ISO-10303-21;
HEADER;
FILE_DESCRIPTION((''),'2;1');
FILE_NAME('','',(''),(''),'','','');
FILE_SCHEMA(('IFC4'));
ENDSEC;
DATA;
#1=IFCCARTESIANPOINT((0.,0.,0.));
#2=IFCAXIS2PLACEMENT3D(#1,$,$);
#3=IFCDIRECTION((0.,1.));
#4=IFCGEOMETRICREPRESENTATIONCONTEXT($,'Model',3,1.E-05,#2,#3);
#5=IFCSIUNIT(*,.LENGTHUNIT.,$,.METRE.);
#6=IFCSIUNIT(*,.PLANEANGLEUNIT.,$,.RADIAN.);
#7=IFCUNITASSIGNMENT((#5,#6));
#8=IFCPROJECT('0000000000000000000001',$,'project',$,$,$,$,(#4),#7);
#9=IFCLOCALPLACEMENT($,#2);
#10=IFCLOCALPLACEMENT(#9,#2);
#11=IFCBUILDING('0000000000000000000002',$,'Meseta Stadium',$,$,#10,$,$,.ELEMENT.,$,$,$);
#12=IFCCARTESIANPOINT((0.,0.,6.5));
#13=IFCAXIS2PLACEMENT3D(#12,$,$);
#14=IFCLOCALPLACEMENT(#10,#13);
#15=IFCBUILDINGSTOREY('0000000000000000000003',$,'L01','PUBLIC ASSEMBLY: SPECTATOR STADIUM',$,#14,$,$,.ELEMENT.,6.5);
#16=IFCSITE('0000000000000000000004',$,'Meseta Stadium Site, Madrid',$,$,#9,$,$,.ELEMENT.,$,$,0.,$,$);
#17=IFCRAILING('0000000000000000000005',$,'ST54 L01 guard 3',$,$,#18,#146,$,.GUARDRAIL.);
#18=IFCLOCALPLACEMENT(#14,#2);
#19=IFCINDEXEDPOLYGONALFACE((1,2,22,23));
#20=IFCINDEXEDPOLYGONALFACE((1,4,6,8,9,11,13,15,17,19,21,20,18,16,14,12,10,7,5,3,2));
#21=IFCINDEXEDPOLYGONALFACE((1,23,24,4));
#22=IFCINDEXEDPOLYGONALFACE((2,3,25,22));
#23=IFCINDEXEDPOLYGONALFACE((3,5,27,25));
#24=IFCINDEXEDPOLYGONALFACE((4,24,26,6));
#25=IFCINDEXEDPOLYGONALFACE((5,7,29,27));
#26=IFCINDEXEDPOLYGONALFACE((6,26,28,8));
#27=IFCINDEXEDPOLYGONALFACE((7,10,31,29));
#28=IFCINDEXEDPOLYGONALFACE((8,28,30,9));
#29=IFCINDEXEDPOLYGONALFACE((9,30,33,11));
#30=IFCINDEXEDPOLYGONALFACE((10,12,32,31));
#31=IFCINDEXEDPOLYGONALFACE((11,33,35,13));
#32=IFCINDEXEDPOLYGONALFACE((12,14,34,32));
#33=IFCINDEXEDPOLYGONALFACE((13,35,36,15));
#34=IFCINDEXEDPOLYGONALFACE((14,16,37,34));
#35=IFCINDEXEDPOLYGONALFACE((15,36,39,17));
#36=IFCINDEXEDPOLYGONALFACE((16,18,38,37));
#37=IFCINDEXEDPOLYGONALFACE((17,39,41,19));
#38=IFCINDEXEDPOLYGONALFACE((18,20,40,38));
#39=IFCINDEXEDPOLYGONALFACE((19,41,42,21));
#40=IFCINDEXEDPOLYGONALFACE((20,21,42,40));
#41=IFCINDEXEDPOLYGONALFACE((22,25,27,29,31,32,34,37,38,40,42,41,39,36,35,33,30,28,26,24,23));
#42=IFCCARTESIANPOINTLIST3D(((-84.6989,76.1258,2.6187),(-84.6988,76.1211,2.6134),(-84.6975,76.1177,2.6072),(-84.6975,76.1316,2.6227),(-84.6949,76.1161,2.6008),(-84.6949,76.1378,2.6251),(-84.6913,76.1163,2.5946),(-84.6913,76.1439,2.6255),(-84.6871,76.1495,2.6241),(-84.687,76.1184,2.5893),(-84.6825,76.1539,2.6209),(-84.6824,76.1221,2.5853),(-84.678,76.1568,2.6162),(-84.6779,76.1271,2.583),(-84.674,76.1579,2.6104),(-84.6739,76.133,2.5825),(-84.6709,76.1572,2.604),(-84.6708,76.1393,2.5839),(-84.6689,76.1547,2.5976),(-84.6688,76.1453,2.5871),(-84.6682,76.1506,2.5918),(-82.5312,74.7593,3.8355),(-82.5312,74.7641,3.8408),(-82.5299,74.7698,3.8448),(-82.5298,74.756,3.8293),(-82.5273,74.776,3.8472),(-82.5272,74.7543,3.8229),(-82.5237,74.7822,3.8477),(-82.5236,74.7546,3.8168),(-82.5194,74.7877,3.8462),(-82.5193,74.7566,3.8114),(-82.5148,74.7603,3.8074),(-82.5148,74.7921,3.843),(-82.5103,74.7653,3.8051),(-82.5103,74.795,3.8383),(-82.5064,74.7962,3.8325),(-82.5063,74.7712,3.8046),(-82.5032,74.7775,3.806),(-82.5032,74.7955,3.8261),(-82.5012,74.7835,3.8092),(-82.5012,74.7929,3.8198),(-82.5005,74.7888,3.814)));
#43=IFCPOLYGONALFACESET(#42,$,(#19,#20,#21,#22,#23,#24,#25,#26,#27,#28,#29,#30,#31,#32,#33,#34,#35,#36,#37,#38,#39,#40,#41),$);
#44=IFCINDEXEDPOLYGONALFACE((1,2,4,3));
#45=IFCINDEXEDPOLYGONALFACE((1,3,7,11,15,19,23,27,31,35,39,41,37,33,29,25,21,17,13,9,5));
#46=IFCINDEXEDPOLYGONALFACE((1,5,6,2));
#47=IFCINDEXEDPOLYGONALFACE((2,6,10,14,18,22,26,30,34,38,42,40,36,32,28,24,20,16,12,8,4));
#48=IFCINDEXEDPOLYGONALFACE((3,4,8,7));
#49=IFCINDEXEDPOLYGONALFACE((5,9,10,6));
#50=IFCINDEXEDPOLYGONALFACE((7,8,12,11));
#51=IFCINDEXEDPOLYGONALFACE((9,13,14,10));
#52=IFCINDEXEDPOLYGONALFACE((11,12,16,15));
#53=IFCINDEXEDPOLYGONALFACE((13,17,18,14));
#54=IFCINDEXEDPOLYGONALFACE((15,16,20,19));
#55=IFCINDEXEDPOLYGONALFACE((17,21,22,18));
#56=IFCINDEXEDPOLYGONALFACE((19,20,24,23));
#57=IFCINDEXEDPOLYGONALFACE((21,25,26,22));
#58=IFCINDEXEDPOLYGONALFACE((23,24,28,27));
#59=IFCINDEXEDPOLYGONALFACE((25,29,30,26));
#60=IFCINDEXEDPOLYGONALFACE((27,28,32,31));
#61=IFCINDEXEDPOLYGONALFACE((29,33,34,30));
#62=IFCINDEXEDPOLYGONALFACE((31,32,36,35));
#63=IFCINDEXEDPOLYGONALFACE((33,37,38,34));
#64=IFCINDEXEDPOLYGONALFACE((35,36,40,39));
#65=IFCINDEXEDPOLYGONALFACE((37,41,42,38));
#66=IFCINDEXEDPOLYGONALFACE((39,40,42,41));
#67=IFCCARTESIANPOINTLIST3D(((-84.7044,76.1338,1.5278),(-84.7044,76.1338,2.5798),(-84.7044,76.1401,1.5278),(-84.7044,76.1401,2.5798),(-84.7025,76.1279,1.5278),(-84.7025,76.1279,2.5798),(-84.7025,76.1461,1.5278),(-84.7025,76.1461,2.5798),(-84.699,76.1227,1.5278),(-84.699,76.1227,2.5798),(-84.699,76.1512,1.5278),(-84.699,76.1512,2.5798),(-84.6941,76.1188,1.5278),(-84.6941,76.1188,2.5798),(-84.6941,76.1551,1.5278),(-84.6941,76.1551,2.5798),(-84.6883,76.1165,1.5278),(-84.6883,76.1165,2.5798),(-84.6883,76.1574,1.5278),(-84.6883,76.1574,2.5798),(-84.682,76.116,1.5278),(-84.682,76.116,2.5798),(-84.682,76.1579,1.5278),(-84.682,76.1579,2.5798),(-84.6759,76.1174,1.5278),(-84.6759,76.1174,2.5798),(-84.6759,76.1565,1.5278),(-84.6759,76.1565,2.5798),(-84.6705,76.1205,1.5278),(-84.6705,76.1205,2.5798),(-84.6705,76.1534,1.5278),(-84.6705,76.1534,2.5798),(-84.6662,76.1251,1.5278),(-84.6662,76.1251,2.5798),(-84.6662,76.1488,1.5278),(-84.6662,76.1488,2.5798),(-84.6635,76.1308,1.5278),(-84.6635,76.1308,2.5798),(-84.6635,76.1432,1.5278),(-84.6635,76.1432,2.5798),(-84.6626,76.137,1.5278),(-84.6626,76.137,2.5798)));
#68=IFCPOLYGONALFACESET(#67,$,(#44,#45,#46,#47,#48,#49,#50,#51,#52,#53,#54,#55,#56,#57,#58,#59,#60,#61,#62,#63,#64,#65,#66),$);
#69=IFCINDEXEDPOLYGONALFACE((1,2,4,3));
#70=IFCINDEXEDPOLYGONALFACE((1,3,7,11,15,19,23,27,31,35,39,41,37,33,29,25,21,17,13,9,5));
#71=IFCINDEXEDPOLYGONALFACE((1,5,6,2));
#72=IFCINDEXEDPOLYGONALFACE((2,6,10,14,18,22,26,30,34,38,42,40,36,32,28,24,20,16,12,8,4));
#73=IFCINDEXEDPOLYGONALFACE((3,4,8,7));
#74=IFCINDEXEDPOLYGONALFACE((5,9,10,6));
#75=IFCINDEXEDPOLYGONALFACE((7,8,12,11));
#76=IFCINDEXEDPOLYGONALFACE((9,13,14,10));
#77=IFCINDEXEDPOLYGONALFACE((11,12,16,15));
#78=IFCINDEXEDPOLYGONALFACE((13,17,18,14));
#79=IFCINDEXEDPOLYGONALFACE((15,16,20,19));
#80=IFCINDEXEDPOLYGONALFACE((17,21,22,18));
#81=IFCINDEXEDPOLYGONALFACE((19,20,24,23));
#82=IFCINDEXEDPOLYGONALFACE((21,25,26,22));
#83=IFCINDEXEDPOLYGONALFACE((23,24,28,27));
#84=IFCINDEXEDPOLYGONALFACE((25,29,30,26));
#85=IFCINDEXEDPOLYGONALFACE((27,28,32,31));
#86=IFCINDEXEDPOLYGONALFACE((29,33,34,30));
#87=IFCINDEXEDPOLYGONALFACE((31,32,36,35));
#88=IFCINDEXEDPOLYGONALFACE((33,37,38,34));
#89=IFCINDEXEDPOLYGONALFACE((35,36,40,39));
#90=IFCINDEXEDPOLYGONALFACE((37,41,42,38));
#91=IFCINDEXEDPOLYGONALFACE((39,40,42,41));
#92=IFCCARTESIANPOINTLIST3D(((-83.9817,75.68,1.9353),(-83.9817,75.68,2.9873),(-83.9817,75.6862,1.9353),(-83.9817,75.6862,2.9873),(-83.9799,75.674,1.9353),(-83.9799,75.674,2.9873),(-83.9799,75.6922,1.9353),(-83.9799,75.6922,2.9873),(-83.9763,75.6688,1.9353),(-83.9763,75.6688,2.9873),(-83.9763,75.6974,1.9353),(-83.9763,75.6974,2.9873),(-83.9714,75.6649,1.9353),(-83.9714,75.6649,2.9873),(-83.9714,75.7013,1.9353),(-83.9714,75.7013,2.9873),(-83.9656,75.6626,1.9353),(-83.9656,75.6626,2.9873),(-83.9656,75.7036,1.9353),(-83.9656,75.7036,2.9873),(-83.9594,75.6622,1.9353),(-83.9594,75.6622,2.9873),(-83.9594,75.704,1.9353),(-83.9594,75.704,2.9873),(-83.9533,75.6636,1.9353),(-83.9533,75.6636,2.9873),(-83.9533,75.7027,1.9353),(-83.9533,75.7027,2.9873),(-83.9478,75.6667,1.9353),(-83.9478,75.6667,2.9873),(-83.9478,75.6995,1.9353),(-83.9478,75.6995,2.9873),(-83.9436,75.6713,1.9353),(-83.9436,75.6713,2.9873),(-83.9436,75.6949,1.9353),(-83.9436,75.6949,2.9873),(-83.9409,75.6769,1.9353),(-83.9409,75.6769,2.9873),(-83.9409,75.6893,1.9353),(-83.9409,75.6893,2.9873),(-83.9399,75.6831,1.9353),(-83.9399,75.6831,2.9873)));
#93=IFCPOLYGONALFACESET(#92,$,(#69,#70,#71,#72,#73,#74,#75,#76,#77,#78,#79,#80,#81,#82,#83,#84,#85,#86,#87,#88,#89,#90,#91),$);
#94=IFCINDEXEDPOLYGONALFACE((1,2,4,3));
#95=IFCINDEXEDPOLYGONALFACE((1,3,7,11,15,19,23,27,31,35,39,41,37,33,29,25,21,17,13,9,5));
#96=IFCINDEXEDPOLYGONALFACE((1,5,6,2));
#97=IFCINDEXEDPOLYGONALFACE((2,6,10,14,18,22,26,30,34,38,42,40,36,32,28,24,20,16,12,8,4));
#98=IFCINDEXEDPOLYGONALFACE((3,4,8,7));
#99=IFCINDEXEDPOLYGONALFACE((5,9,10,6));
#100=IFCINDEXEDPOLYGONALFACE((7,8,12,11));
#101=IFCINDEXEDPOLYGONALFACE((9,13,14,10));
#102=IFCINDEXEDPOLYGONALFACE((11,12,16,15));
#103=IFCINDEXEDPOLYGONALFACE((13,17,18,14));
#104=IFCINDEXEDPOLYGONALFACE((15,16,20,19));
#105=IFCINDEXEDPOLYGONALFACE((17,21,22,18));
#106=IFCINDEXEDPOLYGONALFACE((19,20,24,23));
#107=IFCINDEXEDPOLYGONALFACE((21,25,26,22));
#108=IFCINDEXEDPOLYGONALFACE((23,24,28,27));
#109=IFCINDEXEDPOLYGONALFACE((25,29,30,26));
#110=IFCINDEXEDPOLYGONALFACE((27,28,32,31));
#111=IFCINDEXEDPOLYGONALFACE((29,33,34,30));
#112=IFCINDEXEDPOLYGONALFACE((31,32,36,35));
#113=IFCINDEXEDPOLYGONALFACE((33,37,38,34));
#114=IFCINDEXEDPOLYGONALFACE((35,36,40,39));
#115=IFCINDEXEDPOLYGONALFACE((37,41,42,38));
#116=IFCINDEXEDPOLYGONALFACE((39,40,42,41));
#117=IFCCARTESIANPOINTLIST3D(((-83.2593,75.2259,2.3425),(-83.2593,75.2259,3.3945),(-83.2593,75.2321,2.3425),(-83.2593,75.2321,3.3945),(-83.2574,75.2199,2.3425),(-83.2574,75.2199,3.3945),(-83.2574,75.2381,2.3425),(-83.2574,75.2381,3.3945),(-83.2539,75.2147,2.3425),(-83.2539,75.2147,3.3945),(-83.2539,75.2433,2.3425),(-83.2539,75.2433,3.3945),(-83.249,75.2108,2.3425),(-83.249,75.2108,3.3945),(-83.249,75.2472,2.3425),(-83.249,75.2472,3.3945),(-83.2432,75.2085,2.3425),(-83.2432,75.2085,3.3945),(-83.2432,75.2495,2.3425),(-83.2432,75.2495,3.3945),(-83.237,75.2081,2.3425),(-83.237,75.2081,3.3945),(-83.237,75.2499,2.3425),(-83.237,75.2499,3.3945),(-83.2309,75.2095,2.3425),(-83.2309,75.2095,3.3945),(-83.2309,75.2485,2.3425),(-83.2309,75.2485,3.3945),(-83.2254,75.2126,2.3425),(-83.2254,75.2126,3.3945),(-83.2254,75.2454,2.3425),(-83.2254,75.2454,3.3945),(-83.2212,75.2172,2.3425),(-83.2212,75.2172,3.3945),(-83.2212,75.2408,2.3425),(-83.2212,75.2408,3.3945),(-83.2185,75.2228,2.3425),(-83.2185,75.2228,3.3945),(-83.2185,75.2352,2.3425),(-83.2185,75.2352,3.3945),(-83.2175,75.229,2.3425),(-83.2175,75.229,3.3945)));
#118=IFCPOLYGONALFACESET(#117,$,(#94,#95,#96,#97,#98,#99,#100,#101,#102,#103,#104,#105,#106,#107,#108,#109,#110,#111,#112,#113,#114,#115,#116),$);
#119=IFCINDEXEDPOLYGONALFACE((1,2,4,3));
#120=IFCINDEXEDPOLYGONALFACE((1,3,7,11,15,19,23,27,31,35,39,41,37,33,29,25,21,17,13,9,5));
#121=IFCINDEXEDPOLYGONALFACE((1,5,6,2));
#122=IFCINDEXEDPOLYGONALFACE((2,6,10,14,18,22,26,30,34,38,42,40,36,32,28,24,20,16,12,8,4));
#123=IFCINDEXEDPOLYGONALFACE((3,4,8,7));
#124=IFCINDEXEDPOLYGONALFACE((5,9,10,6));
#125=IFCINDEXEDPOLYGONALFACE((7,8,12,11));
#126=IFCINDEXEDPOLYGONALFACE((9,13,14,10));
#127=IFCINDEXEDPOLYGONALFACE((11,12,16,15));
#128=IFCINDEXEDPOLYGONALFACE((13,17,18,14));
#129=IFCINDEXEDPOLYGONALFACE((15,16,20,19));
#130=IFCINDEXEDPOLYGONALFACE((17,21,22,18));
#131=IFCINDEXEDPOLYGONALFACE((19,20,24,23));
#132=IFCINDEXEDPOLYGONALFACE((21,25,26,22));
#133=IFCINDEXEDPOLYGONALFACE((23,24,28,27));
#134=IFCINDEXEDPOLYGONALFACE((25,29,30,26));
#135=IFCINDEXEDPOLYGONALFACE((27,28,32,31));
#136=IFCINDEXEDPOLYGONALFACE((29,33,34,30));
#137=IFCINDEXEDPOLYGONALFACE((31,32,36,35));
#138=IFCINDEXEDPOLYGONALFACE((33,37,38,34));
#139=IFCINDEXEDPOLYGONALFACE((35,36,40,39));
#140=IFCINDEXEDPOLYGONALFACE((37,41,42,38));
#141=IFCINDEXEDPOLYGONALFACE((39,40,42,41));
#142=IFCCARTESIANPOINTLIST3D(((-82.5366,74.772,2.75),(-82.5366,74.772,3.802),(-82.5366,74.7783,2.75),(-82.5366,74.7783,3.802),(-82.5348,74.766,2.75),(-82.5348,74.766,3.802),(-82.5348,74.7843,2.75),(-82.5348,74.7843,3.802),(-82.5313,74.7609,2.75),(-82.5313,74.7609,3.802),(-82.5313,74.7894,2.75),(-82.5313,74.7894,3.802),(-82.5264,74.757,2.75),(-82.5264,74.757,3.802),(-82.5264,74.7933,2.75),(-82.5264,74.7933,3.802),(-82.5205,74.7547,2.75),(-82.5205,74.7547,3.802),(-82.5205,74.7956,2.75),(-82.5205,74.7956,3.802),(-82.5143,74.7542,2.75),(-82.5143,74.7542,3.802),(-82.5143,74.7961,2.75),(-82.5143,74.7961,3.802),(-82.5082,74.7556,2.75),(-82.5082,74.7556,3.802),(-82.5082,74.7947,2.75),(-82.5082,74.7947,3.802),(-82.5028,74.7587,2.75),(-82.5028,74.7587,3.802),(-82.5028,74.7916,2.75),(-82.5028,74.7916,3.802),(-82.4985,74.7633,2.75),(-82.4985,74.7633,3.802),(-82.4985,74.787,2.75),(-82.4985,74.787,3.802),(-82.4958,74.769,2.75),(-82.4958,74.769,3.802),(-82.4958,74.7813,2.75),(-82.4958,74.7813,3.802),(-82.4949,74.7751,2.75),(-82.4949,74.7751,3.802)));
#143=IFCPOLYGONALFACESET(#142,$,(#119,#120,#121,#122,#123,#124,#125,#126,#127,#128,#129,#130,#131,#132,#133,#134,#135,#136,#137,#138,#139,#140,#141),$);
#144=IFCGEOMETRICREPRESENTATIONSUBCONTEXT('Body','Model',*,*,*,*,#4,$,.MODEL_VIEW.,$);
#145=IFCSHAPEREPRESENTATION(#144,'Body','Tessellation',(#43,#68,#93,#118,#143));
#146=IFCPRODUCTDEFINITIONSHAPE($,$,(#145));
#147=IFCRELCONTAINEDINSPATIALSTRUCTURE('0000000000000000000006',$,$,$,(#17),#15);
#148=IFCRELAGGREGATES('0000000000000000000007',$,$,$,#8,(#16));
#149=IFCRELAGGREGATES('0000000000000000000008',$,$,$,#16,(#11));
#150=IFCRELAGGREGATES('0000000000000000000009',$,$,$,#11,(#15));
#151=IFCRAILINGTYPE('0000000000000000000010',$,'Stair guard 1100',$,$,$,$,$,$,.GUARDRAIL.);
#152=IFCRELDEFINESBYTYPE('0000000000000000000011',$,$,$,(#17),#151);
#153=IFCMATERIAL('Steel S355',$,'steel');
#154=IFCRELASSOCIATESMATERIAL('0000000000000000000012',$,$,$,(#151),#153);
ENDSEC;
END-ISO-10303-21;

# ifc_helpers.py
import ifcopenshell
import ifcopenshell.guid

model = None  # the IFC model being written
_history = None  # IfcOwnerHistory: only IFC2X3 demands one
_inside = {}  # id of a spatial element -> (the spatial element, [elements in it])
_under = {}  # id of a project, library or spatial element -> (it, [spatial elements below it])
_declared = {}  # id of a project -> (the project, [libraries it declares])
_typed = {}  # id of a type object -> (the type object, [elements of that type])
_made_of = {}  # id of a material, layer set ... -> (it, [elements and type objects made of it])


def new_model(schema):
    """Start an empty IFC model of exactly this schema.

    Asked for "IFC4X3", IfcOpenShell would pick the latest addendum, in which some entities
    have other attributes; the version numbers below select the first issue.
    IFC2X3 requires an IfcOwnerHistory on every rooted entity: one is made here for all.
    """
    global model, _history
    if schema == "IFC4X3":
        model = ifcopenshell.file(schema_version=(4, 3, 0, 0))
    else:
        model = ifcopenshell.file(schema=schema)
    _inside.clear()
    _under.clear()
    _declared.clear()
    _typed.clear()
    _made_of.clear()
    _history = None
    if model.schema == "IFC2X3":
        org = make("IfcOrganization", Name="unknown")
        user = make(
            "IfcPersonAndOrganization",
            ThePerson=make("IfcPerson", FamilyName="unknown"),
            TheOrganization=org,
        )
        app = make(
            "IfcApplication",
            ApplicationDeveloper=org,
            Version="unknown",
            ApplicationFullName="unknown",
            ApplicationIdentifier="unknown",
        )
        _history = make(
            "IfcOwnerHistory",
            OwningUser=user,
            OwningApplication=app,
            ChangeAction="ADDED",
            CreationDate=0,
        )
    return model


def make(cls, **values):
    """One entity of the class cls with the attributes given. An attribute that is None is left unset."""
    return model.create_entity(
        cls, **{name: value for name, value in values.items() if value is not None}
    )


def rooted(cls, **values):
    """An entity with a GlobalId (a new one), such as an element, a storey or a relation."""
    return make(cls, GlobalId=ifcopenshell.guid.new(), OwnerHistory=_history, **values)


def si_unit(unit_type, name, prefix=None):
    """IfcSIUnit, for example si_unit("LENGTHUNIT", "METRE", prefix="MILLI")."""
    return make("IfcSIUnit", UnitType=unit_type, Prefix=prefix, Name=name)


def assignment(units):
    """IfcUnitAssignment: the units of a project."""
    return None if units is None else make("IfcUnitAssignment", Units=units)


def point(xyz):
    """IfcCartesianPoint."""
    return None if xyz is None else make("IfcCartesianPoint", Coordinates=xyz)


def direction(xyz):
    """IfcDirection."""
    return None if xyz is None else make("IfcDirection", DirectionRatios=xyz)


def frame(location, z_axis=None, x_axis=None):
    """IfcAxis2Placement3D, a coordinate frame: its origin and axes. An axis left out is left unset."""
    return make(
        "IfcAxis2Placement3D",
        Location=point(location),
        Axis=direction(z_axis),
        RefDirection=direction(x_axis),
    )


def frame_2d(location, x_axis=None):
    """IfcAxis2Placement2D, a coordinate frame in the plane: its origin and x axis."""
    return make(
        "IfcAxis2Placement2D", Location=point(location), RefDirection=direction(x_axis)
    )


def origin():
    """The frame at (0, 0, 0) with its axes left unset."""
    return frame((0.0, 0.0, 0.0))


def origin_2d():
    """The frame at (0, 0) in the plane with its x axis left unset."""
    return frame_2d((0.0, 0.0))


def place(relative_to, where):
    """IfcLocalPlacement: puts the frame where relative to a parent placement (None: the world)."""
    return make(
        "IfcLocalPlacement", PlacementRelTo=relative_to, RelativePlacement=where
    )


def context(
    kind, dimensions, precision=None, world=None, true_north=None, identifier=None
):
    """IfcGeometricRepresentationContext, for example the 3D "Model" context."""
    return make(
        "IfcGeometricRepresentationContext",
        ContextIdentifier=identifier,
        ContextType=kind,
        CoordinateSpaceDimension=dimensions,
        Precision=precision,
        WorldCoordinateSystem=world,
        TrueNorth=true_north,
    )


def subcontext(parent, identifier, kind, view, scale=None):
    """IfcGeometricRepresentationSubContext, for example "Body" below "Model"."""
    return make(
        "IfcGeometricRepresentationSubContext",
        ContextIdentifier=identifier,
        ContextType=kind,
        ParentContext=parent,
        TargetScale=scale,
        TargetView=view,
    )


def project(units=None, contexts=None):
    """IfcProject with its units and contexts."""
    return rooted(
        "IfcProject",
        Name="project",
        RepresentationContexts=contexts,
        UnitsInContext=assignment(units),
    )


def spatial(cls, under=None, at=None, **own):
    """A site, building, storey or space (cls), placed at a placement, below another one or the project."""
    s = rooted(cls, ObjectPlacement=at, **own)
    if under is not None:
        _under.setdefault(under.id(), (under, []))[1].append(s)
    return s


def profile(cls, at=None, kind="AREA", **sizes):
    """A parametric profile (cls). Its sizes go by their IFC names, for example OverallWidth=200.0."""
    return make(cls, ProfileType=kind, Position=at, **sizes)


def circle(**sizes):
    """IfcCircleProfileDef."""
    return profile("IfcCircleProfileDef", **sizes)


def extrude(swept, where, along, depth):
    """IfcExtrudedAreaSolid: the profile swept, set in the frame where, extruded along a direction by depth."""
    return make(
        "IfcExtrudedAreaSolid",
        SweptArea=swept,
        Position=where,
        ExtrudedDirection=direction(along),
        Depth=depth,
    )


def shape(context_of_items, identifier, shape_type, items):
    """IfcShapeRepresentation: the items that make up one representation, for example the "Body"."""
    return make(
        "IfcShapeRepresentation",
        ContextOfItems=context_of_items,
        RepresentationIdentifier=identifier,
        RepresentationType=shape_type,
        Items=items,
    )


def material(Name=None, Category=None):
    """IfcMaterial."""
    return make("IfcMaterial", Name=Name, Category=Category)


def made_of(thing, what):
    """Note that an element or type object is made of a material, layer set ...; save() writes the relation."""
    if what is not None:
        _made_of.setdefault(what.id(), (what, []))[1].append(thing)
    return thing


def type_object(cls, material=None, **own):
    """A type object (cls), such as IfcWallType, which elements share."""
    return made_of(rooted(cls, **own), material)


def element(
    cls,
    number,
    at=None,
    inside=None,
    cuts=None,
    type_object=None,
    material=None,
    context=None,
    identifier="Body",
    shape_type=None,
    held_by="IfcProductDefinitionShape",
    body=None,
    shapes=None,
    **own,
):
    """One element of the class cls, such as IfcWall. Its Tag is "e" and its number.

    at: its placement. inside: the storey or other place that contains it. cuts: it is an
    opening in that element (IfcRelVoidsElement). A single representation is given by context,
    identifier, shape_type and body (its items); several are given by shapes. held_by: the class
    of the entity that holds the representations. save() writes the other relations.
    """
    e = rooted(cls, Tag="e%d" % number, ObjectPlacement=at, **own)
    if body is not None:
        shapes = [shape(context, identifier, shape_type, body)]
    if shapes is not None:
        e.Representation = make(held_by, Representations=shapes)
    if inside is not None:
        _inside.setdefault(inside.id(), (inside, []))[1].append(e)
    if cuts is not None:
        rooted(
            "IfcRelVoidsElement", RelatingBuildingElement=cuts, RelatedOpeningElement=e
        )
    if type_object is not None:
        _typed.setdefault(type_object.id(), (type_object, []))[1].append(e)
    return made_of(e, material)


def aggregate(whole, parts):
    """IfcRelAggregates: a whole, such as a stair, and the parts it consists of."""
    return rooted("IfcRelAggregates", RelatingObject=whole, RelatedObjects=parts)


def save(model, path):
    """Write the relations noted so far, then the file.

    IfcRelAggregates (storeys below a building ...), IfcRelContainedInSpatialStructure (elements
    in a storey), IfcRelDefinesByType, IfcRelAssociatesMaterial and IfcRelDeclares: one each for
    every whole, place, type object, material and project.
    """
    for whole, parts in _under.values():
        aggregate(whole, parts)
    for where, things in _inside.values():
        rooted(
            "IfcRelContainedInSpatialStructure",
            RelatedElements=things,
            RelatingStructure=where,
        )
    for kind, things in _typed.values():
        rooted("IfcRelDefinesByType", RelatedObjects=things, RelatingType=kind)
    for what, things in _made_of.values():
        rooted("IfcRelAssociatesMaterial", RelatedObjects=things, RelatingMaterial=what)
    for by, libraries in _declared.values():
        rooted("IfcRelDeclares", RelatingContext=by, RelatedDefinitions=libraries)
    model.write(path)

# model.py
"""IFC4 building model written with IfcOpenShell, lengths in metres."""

from ifc_helpers import new_model, si_unit, direction, frame, origin, origin_2d, place, context, subcontext, project, spatial, circle, extrude, material, type_object, element, save


model = new_model("IFC4")

# Units and contexts
model_context = context("Model", 3, precision=1e-05, world=origin(), true_north=direction((0.0, 1.0)))
body_context = subcontext(model_context, "Body", "Model", "MODEL_VIEW")
ifc_project = project(units=[si_unit("LENGTHUNIT", "METRE"), si_unit("PLANEANGLEUNIT", "RADIAN")], contexts=[model_context])

# Site, building, storey
site_placement = place(None, origin())
site = spatial("IfcSite", under=ifc_project, at=site_placement, Name="Meseta Stadium Site, Madrid", CompositionType="ELEMENT", RefElevation=0.0)
building_placement = place(site_placement, origin())
building = spatial("IfcBuilding", under=site, at=building_placement, Name="Meseta Stadium", CompositionType="ELEMENT")
storey_placement = place(building_placement, frame((0.0, 0.0, 6.5)))
storey = spatial("IfcBuildingStorey", under=building, at=storey_placement, Name="L01", Description="PUBLIC ASSEMBLY: SPECTATOR STADIUM", CompositionType="ELEMENT", Elevation=6.5)

# Railing
ifc_material_1 = material(Name="Steel S355", Category="steel")
railing_type_1 = type_object("IfcRailingType", Name="Stair guard 1100", PredefinedType="GUARDRAIL", material=ifc_material_1)
railing_1_placement = place(storey_placement, frame((-84.6836, 76.137, 1.5278)))
element("IfcRailing", 1, at=railing_1_placement, inside=storey, type_object=railing_type_1, Name="ST54 L01 guard 3", PredefinedType="GUARDRAIL", context=body_context, shape_type="SweptSolid", body=[
    extrude(circle(Radius=0.0239, at=origin_2d()), frame((0.0, 0.0, 1.0762), z_axis=(0.764152, -0.480059, 0.430831), x_axis=(0.531961, 0.846769, 0.0)), (0.0, 0.0, 1.0), 2.8367),
    extrude(circle(Radius=0.021, at=origin_2d()), origin(), (0.0, 0.0, 1.0), 1.052),
    extrude(circle(Radius=0.021, at=origin_2d()), frame((0.7227, -0.4539, 0.4075)), (0.0, 0.0, 1.0), 1.052),
    extrude(circle(Radius=0.021, at=origin_2d()), frame((1.4451, -0.908, 0.8147)), (0.0, 0.0, 1.0), 1.052),
    extrude(circle(Radius=0.021, at=origin_2d()), frame((2.1677, -1.3618, 1.2222)), (0.0, 0.0, 1.0), 1.052),
])

save(model, "model.ifc")
